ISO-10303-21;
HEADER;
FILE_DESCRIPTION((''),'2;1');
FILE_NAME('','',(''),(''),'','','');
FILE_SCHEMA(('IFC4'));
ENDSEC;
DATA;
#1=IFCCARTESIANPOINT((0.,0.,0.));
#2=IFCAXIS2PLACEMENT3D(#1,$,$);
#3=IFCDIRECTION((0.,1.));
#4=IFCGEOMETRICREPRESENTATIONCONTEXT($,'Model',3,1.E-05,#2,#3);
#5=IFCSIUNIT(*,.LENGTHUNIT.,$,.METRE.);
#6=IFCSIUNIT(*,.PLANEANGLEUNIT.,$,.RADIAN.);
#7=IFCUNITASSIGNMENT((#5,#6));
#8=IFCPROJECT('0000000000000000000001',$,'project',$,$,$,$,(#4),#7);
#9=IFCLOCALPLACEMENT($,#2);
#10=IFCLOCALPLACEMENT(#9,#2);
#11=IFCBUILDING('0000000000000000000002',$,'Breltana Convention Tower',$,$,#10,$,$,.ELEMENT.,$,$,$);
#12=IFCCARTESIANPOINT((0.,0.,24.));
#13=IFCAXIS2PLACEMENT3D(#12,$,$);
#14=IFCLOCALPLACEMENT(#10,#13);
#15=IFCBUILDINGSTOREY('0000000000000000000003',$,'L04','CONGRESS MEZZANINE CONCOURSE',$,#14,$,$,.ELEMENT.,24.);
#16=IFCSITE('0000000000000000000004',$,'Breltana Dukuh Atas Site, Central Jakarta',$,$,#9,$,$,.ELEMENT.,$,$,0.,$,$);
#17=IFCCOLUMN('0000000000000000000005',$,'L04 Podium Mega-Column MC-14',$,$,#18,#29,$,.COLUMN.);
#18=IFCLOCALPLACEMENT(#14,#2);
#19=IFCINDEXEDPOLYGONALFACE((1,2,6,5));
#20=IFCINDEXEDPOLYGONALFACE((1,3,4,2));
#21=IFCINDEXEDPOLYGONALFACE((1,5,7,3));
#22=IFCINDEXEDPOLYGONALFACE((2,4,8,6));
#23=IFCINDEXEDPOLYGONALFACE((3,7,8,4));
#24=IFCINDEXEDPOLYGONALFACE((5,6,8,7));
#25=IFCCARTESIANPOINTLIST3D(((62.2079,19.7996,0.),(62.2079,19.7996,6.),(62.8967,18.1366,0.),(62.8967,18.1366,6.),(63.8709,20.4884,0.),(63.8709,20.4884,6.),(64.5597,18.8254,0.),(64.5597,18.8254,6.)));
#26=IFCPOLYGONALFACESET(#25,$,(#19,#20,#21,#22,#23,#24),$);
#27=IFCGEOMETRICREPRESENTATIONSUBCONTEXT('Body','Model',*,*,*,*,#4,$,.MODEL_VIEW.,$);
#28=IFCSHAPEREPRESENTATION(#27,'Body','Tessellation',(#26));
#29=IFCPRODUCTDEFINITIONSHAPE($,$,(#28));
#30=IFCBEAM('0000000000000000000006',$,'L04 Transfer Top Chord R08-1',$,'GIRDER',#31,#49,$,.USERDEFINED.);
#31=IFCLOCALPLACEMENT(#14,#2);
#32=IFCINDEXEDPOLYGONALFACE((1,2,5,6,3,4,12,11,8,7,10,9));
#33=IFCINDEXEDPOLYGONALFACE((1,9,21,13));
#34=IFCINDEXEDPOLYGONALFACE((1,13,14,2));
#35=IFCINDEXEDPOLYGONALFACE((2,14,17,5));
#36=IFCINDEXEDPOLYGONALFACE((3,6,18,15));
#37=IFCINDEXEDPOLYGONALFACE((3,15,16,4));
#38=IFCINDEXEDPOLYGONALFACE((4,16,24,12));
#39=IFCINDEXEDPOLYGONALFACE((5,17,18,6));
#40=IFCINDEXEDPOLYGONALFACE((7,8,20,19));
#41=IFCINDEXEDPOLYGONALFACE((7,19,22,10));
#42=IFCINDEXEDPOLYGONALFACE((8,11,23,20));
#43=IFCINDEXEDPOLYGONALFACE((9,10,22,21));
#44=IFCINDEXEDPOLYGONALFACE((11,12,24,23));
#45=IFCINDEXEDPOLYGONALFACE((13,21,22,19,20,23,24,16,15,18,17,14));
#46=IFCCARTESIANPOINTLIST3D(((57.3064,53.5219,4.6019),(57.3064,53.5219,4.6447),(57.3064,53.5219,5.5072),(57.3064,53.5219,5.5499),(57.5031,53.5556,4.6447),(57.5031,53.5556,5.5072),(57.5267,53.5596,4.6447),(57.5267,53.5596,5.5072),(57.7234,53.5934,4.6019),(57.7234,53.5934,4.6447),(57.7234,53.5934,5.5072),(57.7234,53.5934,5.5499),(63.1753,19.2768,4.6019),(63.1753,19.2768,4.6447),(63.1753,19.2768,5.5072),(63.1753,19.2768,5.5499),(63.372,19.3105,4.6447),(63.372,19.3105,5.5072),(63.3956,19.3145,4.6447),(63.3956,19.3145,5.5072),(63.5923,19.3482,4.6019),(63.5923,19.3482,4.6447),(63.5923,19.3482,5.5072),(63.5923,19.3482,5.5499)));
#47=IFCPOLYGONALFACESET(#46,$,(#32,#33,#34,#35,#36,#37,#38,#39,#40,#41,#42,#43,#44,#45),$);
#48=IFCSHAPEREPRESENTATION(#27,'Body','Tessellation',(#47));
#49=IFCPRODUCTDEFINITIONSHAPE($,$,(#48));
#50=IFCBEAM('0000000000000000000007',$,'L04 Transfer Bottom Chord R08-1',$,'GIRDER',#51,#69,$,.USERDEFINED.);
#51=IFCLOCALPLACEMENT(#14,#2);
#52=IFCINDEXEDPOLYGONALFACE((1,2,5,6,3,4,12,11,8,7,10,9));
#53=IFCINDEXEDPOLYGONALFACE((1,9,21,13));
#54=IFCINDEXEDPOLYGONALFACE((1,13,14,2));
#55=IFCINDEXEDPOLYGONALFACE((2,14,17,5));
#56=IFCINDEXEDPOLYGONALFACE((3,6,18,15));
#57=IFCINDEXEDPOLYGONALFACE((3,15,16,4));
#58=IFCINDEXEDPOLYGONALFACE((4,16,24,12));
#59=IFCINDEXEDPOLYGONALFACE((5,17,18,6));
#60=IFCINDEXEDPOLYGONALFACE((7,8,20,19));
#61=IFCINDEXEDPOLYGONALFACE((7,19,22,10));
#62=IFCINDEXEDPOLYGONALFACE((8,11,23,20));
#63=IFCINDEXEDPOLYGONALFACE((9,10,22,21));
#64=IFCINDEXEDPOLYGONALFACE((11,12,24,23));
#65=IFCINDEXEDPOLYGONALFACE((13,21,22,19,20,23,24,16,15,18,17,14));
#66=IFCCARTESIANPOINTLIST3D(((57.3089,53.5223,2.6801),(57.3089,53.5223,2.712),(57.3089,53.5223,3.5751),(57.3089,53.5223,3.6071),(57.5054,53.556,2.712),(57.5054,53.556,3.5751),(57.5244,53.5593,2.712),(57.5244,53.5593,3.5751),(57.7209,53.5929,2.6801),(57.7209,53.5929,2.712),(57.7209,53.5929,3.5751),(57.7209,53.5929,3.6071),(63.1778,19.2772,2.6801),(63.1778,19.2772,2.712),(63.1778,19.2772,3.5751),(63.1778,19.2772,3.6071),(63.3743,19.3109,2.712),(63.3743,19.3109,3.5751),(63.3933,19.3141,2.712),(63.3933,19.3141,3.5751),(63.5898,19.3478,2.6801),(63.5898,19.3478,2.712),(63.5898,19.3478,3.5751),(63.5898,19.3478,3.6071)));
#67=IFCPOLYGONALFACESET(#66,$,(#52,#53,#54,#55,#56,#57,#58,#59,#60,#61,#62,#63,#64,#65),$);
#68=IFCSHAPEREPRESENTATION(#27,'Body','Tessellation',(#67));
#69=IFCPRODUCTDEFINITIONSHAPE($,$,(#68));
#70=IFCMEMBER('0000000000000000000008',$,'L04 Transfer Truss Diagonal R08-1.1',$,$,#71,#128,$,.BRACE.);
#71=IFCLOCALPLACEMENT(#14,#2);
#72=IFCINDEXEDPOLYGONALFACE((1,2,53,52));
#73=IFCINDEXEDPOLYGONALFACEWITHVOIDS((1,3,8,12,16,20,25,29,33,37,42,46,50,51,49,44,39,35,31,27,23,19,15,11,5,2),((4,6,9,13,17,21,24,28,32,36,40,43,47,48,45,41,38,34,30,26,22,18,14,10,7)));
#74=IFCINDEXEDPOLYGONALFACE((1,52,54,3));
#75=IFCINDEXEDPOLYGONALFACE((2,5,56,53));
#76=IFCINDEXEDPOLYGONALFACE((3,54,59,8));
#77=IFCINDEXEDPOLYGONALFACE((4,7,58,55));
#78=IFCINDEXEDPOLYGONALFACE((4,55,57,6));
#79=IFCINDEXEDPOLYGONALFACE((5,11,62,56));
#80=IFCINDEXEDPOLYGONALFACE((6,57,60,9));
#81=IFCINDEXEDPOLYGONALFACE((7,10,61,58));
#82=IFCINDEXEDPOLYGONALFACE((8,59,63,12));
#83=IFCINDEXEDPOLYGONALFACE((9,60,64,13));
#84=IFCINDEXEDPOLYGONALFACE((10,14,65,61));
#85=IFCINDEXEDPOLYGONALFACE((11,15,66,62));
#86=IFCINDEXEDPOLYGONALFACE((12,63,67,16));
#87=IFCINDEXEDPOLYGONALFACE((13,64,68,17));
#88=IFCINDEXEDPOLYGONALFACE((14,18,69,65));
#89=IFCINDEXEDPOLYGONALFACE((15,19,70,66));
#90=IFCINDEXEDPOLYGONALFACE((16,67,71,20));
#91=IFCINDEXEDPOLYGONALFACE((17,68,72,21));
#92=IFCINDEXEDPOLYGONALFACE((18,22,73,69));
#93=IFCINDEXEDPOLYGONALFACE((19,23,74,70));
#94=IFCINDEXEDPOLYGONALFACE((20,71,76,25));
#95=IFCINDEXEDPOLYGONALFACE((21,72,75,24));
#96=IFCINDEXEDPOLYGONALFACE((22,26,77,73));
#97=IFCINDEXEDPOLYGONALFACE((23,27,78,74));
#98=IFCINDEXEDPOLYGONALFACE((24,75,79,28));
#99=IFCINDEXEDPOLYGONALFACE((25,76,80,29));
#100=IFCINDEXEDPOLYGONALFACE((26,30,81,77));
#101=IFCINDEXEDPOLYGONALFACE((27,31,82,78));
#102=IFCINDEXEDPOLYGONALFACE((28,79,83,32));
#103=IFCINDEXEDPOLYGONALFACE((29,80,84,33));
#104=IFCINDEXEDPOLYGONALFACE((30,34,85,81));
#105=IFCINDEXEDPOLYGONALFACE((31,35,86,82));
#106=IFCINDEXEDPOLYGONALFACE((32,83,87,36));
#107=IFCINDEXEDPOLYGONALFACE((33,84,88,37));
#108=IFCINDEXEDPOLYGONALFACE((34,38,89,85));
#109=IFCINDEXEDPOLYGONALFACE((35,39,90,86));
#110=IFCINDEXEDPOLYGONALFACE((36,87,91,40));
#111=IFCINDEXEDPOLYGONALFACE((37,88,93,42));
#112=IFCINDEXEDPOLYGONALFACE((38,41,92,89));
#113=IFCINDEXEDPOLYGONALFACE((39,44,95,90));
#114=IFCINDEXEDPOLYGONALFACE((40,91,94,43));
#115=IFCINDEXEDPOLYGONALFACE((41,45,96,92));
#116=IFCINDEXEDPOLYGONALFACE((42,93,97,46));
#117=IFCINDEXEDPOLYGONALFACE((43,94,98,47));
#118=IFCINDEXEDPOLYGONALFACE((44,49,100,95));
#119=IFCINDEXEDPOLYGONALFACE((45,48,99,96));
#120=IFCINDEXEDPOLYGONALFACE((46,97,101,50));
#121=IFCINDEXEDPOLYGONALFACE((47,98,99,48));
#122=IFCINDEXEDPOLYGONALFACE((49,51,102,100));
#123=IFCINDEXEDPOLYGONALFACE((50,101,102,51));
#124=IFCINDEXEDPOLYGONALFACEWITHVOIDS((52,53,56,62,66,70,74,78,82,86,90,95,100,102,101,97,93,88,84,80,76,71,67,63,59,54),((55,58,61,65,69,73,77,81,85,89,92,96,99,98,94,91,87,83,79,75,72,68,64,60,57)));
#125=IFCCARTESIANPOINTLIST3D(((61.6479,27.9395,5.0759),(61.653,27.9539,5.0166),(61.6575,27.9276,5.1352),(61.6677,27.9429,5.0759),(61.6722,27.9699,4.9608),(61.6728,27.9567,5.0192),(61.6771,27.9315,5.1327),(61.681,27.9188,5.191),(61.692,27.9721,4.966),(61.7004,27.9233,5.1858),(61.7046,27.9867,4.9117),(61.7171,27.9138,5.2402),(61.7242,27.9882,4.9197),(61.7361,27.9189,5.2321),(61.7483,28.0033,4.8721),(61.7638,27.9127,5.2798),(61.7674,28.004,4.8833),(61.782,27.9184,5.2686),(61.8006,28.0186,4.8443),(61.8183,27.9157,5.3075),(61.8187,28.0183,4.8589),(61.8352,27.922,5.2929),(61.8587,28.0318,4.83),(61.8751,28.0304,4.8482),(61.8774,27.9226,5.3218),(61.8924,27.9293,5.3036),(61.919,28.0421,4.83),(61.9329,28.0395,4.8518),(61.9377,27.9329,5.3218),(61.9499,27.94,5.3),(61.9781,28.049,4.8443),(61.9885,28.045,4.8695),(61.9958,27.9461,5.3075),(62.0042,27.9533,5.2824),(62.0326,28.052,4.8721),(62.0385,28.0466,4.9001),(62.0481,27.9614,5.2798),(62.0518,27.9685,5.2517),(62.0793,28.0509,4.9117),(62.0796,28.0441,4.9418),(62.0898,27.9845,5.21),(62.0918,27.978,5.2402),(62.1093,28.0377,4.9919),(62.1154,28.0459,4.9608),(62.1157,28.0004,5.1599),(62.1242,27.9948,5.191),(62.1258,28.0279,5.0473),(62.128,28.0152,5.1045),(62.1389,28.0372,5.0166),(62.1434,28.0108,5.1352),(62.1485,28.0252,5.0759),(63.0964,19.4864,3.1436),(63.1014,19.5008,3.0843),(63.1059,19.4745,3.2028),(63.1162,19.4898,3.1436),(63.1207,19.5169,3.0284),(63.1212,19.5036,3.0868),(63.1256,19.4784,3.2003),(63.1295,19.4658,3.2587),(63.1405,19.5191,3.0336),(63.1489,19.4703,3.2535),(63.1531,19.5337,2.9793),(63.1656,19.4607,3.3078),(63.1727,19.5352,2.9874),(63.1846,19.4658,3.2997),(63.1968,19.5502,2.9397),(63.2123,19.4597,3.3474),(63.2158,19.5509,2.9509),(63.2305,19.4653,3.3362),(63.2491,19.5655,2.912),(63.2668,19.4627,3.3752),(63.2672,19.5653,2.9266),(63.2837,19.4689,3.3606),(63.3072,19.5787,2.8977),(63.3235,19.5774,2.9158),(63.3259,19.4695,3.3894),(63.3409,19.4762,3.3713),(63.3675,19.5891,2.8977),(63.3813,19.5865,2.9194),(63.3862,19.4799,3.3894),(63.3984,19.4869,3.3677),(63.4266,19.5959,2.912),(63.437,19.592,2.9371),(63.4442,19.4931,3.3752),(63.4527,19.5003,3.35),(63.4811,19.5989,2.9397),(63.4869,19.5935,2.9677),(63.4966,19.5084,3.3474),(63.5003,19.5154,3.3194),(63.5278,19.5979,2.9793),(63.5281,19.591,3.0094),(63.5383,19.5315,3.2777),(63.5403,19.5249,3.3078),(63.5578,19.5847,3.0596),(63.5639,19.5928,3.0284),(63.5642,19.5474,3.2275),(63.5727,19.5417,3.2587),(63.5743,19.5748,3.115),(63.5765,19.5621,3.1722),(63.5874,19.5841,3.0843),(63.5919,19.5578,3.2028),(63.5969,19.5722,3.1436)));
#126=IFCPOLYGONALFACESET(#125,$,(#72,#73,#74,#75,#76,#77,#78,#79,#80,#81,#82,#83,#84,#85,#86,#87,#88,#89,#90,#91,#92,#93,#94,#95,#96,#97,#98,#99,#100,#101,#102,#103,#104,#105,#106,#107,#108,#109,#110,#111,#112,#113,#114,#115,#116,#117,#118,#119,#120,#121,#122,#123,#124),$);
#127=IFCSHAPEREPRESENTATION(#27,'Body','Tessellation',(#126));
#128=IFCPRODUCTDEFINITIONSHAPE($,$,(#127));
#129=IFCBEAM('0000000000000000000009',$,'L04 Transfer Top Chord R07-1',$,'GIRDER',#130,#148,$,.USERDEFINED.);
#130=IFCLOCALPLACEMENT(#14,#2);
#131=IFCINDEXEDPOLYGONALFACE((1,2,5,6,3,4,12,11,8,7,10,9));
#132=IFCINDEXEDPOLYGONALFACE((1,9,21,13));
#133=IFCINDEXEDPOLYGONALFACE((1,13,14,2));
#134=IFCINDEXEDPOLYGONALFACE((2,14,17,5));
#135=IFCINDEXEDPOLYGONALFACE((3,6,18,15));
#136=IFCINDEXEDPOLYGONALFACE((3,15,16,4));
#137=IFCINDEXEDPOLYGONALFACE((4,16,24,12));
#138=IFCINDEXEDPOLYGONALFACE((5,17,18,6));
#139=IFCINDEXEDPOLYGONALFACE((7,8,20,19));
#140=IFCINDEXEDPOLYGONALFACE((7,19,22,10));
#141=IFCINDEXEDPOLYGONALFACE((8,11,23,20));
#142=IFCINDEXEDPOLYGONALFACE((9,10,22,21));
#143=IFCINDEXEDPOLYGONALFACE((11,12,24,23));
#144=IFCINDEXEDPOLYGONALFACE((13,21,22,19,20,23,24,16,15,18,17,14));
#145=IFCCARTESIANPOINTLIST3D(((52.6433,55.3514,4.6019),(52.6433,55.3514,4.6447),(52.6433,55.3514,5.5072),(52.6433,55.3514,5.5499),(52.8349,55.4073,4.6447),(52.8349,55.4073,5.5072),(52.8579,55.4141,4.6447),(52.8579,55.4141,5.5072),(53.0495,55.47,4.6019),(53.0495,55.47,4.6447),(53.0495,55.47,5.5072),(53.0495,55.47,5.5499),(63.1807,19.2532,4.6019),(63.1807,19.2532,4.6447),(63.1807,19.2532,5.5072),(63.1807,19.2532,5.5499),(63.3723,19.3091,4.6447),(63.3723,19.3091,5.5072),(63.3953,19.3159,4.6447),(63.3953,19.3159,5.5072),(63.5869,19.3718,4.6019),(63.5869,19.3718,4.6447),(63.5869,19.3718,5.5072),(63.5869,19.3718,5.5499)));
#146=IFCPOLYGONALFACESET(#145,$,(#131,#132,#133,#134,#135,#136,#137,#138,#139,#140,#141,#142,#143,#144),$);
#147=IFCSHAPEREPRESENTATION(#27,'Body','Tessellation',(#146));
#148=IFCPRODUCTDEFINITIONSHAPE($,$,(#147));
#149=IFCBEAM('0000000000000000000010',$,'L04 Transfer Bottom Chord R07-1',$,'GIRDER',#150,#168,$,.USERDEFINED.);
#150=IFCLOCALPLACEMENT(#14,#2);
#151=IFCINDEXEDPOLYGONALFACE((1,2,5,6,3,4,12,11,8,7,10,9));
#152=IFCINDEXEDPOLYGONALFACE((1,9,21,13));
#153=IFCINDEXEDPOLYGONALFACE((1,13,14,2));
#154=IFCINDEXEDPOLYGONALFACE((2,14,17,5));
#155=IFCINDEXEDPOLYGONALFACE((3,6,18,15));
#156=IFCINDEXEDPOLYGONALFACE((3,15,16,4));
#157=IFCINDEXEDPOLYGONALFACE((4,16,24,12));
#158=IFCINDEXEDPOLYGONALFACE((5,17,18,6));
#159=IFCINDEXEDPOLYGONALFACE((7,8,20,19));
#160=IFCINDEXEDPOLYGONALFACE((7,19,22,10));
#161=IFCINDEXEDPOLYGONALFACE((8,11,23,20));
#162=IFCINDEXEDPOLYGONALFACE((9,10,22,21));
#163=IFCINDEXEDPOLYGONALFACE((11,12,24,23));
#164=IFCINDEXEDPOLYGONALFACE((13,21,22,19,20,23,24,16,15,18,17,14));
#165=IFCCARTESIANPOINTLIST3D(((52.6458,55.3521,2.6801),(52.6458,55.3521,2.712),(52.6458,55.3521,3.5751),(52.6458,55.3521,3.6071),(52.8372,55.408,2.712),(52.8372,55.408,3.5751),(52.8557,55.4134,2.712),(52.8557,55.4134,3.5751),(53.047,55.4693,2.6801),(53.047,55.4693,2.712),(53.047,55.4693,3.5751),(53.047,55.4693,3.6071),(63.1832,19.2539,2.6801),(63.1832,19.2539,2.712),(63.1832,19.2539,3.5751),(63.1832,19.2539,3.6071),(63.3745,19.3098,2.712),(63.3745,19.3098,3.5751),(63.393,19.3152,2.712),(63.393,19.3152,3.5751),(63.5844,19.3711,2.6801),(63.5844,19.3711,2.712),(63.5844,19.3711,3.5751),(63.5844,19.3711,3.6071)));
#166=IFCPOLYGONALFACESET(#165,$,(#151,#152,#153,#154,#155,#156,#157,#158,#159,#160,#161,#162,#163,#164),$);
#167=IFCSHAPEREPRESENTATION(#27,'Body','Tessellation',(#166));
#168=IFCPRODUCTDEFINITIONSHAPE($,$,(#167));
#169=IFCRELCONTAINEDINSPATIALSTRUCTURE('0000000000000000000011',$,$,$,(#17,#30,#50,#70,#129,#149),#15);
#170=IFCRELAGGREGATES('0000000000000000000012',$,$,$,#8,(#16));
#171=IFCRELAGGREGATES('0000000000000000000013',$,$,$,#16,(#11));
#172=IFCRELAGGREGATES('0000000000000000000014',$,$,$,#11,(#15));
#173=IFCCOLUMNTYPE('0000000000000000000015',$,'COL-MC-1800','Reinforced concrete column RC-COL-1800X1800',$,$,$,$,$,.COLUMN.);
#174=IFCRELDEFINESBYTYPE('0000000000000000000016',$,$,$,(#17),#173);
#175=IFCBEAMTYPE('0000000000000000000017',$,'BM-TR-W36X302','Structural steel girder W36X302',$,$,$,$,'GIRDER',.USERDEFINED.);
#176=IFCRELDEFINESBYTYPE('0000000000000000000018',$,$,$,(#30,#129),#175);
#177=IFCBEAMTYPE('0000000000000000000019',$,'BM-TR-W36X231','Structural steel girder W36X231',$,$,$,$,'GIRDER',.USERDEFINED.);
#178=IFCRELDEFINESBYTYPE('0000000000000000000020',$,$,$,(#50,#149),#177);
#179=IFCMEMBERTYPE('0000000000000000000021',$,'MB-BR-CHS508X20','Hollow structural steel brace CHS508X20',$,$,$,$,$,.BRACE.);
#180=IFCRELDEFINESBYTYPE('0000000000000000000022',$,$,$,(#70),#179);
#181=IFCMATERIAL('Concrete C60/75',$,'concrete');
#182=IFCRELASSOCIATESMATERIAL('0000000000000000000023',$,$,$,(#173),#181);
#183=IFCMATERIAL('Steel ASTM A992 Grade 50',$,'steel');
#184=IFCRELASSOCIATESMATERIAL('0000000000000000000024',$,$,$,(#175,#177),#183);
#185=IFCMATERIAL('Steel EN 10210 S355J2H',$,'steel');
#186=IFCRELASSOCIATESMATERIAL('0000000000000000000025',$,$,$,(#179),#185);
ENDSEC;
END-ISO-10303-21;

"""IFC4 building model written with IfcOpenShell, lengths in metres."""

from ifc_helpers import new_model, si_unit, direction, frame, origin, origin_2d, place, context, subcontext, project, spatial, rectangle, hollow_circle, i_section, extrude, source, transform, mapped, material, material_profile, profile_set, type_object, type_shapes, element, save


model = new_model("IFC4")

# Units and contexts
model_context = context("Model", 3, precision=1e-05, world=origin(), true_north=direction((0.0, 1.0)))
body_context = subcontext(model_context, "Body", "Model", "MODEL_VIEW")
ifc_project = project(units=[si_unit("LENGTHUNIT", "METRE"), si_unit("PLANEANGLEUNIT", "RADIAN")], contexts=[model_context])

# Site, building, storey
site_placement = place(None, origin())
site = spatial("IfcSite", under=ifc_project, at=site_placement, Name="Breltana Dukuh Atas Site, Central Jakarta", CompositionType="ELEMENT", RefElevation=0.0)
building_placement = place(site_placement, origin())
building = spatial("IfcBuilding", under=site, at=building_placement, Name="Breltana Convention Tower", CompositionType="ELEMENT")
storey_placement = place(building_placement, frame((0.0, 0.0, 24.0)))
storey = spatial("IfcBuildingStorey", under=building, at=storey_placement, Name="L04", Description="CONGRESS MEZZANINE CONCOURSE", CompositionType="ELEMENT", Elevation=24.0)

# Column
ifc_material_1 = material(Name="Concrete C60/75", Category="concrete")
ifc_material_profile_1 = material_profile(ifc_material_1, rectangle(XDim=1.8, YDim=1.8, at=origin_2d()), Name="RC-COL-1800X1800")
ifc_profile_set_1 = profile_set([ifc_material_profile_1], Name="Concrete C60/75")
column_type = type_object("IfcColumnType", Name="COL-MC-1800", Description="Reinforced concrete column RC-COL-1800X1800", PredefinedType="COLUMN", material=ifc_profile_set_1)
shared_shape_1 = source(origin(), body_context, "Body", "SweptSolid", [
    extrude(rectangle(XDim=1.8, YDim=1.8, at=origin_2d()), origin(), (0.0, 0.0, 1.0), 6.0),
])
type_shapes(column_type, [shared_shape_1])
column_placement = place(storey_placement, frame((63.3838, 19.3125, 0.0), z_axis=(0.0, 0.0, 1.0), x_axis=(0.382683, -0.92388, 0.0)))
element("IfcColumn", 1, at=column_placement, inside=storey, type_object=column_type, Name="L04 Podium Mega-Column MC-14", PredefinedType="COLUMN", context=body_context, shape_type="MappedRepresentation", body=[
    mapped(shared_shape_1, transform((0.0, 0.0, 0.0), scale=1.0)),
])

# Beams
ifc_material_2 = material(Name="Steel ASTM A992 Grade 50", Category="steel")
ifc_material_profile_2 = material_profile(ifc_material_2, i_section(OverallWidth=0.4231, OverallDepth=0.948, WebThickness=0.0239, FlangeThickness=0.0427, at=origin_2d()), Name="W36X302")
ifc_profile_set_2 = profile_set([ifc_material_profile_2], Name="Steel ASTM A992 Grade 50")
beam_type_1 = type_object("IfcBeamType", Name="BM-TR-W36X302", Description="Structural steel girder W36X302", ElementType="GIRDER", PredefinedType="USERDEFINED", material=ifc_profile_set_2)
shared_shape_2 = source(origin(), body_context, "Body", "SweptSolid", [
    extrude(i_section(OverallWidth=0.4231, OverallDepth=0.948, WebThickness=0.0239, FlangeThickness=0.0427, at=origin_2d()), origin(), (0.0, 0.0, 1.0), 34.7444),
])
beam_1_placement = place(storey_placement, frame((63.3838, 19.3125, 5.0759), z_axis=(-0.168916, 0.98563, 0.0), x_axis=(-0.98563, -0.168916, 0.0)))
element("IfcBeam", 2, at=beam_1_placement, inside=storey, type_object=beam_type_1, Name="L04 Transfer Top Chord R08-1", ObjectType="GIRDER", PredefinedType="USERDEFINED", context=body_context, shape_type="MappedRepresentation", body=[
    mapped(shared_shape_2, transform((0.0, 0.0, 0.0), scale=1.0)),
])
ifc_material_profile_3 = material_profile(ifc_material_2, i_section(OverallWidth=0.418, OverallDepth=0.927, WebThickness=0.0193, FlangeThickness=0.032, at=origin_2d()), Name="W36X231")
ifc_profile_set_3 = profile_set([ifc_material_profile_3], Name="Steel ASTM A992 Grade 50")
beam_type_2 = type_object("IfcBeamType", Name="BM-TR-W36X231", Description="Structural steel girder W36X231", ElementType="GIRDER", PredefinedType="USERDEFINED", material=ifc_profile_set_3)
shared_shape_3 = source(origin(), body_context, "Body", "SweptSolid", [
    extrude(i_section(OverallWidth=0.418, OverallDepth=0.927, WebThickness=0.0193, FlangeThickness=0.032, at=origin_2d()), origin(), (0.0, 0.0, 1.0), 34.7444),
])
beam_2_placement = place(storey_placement, frame((63.3838, 19.3125, 3.1436), z_axis=(-0.168916, 0.98563, 0.0), x_axis=(-0.98563, -0.168916, 0.0)))
element("IfcBeam", 3, at=beam_2_placement, inside=storey, type_object=beam_type_2, Name="L04 Transfer Bottom Chord R08-1", ObjectType="GIRDER", PredefinedType="USERDEFINED", context=body_context, shape_type="MappedRepresentation", body=[
    mapped(shared_shape_3, transform((0.0, 0.0, 0.0), scale=1.0)),
])

# Member
ifc_material_3 = material(Name="Steel EN 10210 S355J2H", Category="steel")
ifc_material_profile_4 = material_profile(ifc_material_3, hollow_circle(Radius=0.2539, WallThickness=0.02, at=origin_2d()), Name="CHS508X20")
ifc_profile_set_4 = profile_set([ifc_material_profile_4], Name="Steel EN 10210 S355J2H")
member_type = type_object("IfcMemberType", Name="MB-BR-CHS508X20", Description="Hollow structural steel brace CHS508X20", PredefinedType="BRACE", material=ifc_profile_set_4)
shared_shape_4 = source(origin(), body_context, "Body", "SweptSolid", [
    extrude(hollow_circle(Radius=0.2539, WallThickness=0.02, at=origin_2d()), origin(), (0.0, 0.0, 1.0), 8.7913),
])
member_1_placement = place(storey_placement, frame((63.3467, 19.5293, 3.1436), z_axis=(-0.164763, 0.96153, 0.219804), x_axis=(-0.985634, -0.168893, 0.0)))
element("IfcMember", 4, at=member_1_placement, inside=storey, type_object=member_type, Name="L04 Transfer Truss Diagonal R08-1.1", PredefinedType="BRACE", context=body_context, shape_type="MappedRepresentation", body=[
    mapped(shared_shape_4, transform((0.0, 0.0, 0.0), scale=1.0)),
])

# Beams
shared_shape_5 = source(origin(), body_context, "Body", "SweptSolid", [
    extrude(i_section(OverallWidth=0.4231, OverallDepth=0.948, WebThickness=0.0239, FlangeThickness=0.0427, at=origin_2d()), origin(), (0.0, 0.0, 1.0), 37.6047),
])
beam_3_placement = place(storey_placement, frame((63.3838, 19.3125, 5.0759), z_axis=(-0.280214, 0.959938, 0.0), x_axis=(-0.959938, -0.280214, 0.0)))
element("IfcBeam", 5, at=beam_3_placement, inside=storey, type_object=beam_type_1, Name="L04 Transfer Top Chord R07-1", ObjectType="GIRDER", PredefinedType="USERDEFINED", context=body_context, shape_type="MappedRepresentation", body=[
    mapped(shared_shape_5, transform((0.0, 0.0, 0.0), scale=1.0)),
])
shared_shape_6 = source(origin(), body_context, "Body", "SweptSolid", [
    extrude(i_section(OverallWidth=0.418, OverallDepth=0.927, WebThickness=0.0193, FlangeThickness=0.032, at=origin_2d()), origin(), (0.0, 0.0, 1.0), 37.6047),
])
beam_4_placement = place(storey_placement, frame((63.3838, 19.3125, 3.1436), z_axis=(-0.280214, 0.959938, 0.0), x_axis=(-0.959938, -0.280214, 0.0)))
element("IfcBeam", 6, at=beam_4_placement, inside=storey, type_object=beam_type_2, Name="L04 Transfer Bottom Chord R07-1", ObjectType="GIRDER", PredefinedType="USERDEFINED", context=body_context, shape_type="MappedRepresentation", body=[
    mapped(shared_shape_6, transform((0.0, 0.0, 0.0), scale=1.0)),
])

save(model, "model.ifc")
